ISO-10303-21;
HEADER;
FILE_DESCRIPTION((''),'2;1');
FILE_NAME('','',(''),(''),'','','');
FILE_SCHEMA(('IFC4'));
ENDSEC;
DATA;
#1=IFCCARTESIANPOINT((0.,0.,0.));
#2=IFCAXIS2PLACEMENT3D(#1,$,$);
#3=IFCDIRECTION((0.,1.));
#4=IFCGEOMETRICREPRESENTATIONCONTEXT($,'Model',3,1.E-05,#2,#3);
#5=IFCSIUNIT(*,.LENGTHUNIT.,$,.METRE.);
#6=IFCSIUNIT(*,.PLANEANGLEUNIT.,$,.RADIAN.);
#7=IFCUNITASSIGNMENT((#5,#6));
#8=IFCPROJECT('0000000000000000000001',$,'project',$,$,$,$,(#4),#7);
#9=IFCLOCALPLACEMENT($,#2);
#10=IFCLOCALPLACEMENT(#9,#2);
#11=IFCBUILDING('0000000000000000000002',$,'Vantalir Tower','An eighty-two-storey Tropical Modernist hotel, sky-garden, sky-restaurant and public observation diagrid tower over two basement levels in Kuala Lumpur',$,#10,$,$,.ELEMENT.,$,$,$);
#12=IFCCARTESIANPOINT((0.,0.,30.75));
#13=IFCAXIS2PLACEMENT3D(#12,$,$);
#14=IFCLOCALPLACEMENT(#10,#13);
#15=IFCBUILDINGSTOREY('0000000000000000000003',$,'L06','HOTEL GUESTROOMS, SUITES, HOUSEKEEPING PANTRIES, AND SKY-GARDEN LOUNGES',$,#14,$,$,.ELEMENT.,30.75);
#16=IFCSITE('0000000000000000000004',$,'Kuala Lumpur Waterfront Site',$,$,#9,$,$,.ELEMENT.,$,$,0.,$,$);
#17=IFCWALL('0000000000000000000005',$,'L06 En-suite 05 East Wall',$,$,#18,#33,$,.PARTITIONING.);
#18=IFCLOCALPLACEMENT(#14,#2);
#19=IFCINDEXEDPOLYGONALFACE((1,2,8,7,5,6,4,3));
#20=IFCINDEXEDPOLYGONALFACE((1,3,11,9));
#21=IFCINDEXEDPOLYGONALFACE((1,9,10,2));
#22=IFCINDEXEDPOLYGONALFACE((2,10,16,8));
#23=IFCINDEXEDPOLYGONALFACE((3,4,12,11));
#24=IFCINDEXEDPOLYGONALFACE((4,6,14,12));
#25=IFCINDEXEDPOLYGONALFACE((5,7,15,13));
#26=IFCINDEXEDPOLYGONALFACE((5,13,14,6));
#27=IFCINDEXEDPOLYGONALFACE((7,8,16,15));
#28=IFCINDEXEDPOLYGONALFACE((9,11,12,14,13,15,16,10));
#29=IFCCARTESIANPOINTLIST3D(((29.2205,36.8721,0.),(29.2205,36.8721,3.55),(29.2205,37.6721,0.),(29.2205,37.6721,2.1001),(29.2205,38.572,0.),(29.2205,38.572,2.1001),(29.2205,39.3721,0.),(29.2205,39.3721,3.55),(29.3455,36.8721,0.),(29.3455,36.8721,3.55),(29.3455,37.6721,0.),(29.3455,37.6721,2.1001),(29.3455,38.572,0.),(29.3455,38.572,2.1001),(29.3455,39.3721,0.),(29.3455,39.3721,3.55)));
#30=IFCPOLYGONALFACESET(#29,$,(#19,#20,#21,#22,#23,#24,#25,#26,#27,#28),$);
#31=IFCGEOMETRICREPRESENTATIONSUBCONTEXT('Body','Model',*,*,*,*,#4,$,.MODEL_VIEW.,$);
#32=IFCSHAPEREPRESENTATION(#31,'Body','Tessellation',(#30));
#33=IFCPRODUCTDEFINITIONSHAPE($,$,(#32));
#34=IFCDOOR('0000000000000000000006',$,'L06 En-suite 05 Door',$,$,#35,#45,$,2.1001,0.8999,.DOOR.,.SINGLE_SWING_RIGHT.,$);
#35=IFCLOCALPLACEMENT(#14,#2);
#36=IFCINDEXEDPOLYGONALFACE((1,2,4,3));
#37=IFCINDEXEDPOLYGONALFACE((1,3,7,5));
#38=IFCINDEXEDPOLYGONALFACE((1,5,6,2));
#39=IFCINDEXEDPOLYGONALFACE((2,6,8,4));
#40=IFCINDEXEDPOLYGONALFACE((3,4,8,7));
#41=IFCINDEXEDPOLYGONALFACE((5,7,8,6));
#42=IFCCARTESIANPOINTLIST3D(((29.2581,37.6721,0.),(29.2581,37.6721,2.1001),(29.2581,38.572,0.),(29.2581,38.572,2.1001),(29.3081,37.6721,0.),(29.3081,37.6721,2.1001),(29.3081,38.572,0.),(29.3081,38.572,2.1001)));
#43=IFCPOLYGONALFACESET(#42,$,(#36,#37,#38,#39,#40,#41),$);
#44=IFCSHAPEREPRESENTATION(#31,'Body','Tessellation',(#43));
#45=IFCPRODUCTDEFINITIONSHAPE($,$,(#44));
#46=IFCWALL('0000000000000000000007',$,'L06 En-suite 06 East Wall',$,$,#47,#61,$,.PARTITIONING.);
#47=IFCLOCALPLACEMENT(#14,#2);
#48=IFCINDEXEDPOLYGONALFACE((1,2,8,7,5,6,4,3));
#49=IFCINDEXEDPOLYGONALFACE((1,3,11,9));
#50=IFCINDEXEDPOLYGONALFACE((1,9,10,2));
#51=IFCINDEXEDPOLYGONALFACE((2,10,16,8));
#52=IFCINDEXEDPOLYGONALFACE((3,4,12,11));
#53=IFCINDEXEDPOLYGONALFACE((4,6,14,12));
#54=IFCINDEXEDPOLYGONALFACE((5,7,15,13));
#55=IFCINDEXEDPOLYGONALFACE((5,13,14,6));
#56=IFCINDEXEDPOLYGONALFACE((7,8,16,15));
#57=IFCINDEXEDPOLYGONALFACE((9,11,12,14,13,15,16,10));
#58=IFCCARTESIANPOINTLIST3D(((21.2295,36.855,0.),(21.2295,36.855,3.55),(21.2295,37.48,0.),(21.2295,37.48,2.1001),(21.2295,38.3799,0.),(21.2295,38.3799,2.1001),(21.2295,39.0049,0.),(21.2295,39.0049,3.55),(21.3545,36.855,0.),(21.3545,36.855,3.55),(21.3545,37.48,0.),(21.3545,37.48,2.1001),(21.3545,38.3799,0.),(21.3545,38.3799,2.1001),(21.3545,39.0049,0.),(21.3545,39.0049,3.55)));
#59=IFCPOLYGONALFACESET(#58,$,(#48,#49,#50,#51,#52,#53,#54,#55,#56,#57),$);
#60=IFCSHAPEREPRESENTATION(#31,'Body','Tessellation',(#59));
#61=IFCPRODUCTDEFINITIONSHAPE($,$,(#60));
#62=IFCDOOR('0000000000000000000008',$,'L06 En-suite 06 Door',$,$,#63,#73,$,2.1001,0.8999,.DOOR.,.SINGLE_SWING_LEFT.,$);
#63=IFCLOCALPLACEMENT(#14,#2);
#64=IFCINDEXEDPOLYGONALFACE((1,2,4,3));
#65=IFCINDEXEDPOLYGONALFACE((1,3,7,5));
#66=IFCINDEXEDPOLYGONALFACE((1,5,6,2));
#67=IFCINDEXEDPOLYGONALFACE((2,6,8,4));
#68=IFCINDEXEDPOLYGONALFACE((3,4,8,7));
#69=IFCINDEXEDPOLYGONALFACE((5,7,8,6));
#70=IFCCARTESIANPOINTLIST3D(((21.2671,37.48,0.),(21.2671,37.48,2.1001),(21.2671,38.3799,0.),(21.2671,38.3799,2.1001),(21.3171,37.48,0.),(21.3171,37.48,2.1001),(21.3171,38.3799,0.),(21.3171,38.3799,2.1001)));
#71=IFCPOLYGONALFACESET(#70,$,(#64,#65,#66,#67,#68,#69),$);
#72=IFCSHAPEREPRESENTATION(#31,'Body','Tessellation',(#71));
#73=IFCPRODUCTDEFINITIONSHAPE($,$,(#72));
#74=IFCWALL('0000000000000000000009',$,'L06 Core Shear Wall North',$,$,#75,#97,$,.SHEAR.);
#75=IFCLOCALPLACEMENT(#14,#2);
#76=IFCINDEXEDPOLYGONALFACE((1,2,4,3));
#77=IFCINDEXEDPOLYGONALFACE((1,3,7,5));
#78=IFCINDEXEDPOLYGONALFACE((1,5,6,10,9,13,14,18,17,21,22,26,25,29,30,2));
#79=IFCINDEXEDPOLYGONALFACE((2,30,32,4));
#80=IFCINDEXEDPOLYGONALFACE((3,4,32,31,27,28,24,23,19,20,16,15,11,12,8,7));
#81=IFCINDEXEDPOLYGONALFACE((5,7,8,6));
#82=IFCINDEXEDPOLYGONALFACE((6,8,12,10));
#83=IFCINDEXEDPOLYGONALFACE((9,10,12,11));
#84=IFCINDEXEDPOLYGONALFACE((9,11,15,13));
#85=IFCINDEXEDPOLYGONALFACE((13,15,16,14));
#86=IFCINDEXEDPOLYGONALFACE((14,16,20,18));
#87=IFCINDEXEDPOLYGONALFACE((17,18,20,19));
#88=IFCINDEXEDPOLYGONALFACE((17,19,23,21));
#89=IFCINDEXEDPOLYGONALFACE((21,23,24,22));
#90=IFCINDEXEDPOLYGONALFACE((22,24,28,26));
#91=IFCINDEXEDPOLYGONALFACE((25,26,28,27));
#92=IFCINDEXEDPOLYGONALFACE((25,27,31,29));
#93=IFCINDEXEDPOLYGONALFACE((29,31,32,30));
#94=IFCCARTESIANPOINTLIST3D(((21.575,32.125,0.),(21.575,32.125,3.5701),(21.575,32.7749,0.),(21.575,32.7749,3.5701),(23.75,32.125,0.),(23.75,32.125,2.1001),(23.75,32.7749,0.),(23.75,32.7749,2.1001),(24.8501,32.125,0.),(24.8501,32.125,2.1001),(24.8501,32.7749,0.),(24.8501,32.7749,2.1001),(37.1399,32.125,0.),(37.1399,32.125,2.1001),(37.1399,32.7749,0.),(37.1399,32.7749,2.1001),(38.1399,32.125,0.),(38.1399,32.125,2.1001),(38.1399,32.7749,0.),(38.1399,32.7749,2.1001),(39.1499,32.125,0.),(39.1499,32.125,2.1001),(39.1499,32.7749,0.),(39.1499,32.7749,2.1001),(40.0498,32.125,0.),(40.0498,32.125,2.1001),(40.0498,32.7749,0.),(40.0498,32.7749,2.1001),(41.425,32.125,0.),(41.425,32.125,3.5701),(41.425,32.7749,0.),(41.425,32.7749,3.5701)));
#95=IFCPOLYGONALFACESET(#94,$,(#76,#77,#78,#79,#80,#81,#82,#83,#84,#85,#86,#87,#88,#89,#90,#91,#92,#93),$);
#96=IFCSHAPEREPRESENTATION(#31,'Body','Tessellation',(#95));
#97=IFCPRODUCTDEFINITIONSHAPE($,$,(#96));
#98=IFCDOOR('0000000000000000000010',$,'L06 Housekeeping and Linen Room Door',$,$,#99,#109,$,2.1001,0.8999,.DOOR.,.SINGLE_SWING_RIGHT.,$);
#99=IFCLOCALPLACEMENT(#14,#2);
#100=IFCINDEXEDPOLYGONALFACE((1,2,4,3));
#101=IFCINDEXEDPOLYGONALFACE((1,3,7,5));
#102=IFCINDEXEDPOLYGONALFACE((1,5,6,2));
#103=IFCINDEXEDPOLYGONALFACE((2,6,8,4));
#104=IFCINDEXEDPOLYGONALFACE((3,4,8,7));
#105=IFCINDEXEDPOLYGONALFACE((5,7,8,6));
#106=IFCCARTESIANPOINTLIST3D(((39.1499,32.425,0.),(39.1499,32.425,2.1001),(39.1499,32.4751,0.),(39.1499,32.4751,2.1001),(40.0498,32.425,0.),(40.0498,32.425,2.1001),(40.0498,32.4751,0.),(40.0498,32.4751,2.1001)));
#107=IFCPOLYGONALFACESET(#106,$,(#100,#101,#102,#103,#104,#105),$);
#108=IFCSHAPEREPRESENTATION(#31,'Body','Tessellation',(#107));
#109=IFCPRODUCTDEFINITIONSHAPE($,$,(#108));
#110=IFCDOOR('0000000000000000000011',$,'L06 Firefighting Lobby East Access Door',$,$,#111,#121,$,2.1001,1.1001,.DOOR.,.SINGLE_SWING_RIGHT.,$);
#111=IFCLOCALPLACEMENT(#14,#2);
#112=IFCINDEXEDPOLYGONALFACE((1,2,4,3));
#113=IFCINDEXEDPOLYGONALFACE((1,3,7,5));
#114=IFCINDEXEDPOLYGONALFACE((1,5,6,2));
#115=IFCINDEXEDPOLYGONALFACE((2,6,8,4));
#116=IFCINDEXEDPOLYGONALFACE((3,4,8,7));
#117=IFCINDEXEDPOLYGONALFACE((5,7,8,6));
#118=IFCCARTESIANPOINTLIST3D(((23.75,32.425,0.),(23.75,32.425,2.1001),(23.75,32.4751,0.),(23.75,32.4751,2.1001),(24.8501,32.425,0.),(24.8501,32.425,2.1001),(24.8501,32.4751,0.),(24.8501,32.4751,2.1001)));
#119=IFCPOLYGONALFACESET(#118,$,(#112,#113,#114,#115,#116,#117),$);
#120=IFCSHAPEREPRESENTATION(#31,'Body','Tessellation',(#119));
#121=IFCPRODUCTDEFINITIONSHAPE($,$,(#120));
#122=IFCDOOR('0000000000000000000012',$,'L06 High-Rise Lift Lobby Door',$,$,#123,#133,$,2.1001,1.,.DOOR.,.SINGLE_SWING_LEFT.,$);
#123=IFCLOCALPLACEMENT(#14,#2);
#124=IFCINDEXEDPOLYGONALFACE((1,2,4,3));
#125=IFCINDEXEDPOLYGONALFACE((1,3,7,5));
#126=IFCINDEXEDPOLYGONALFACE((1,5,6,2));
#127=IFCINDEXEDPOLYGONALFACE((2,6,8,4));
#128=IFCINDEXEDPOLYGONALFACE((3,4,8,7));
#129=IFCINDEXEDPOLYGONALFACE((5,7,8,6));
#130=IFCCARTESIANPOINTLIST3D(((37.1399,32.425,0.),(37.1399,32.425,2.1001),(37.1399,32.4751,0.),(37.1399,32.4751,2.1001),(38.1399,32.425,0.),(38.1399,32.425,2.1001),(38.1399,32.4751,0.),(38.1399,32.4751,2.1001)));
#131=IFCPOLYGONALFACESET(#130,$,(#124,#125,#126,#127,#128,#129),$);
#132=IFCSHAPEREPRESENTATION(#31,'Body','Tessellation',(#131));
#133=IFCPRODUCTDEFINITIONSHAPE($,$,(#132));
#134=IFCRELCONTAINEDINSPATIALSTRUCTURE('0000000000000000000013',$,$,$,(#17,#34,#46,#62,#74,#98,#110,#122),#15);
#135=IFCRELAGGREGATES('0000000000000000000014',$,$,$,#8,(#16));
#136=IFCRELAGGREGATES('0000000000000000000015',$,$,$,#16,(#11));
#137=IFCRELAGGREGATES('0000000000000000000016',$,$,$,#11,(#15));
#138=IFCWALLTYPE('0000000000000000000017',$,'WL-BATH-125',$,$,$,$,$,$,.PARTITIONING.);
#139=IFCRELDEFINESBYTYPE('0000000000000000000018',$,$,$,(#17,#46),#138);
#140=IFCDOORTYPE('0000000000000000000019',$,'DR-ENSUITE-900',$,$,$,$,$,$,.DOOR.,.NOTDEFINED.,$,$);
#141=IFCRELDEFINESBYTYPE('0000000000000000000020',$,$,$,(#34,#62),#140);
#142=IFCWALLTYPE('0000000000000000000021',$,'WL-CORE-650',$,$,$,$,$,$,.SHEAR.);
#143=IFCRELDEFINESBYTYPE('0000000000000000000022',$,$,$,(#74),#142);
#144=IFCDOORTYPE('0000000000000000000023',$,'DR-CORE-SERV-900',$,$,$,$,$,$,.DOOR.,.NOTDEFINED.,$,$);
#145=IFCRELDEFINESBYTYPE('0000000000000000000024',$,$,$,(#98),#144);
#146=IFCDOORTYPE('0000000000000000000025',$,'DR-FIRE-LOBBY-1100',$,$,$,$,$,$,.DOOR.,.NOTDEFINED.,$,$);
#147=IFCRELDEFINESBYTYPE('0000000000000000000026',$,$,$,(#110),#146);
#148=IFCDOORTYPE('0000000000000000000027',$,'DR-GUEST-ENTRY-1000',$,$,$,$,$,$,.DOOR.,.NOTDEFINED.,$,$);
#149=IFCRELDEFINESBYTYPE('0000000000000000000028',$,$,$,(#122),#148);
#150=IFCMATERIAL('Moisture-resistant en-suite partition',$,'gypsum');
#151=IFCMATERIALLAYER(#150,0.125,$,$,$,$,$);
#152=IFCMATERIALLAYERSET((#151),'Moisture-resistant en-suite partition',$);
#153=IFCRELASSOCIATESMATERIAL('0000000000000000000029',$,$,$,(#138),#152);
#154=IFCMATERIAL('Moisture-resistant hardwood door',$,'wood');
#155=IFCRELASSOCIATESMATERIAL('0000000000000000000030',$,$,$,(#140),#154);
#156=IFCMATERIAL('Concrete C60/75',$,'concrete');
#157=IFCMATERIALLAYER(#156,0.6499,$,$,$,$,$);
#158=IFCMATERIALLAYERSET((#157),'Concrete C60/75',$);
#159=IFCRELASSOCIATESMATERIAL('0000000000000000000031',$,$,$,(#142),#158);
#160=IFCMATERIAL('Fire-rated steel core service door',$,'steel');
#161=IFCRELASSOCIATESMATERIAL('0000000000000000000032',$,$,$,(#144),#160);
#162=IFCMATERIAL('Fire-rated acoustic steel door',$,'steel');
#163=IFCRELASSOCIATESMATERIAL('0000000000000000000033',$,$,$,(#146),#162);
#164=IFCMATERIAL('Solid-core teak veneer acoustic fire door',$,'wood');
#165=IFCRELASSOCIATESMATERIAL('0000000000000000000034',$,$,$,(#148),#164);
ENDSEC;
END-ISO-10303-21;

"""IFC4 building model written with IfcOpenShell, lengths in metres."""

from ifc_helpers import new_model, si_unit, direction, frame, frame_2d, origin, place, context, subcontext, project, spatial, rectangle, extrude, material, layer, layer_set, type_object, element, fill, save


model = new_model("IFC4")

# Units and contexts
model_context = context("Model", 3, precision=1e-05, world=origin(), true_north=direction((0.0, 1.0)))
body_context = subcontext(model_context, "Body", "Model", "MODEL_VIEW")
ifc_project = project(units=[si_unit("LENGTHUNIT", "METRE"), si_unit("PLANEANGLEUNIT", "RADIAN")], contexts=[model_context])

# Site, building, storey
site_placement = place(None, origin())
site = spatial("IfcSite", under=ifc_project, at=site_placement, Name="Kuala Lumpur Waterfront Site", CompositionType="ELEMENT", RefElevation=0.0)
building_placement = place(site_placement, origin())
building = spatial("IfcBuilding", under=site, at=building_placement, Name="Vantalir Tower", Description="An eighty-two-storey Tropical Modernist hotel, sky-garden, sky-restaurant and public observation diagrid tower over two basement levels in Kuala Lumpur", CompositionType="ELEMENT")
storey_placement = place(building_placement, frame((0.0, 0.0, 30.75)))
storey = spatial("IfcBuildingStorey", under=building, at=storey_placement, Name="L06", Description="HOTEL GUESTROOMS, SUITES, HOUSEKEEPING PANTRIES, AND SKY-GARDEN LOUNGES", CompositionType="ELEMENT", Elevation=30.75)

# Shared definitions
ifc_material_1 = material(Name="Concrete C60/75", Category="concrete")

# Shared definitions
ifc_material_2 = material(Name="Moisture-resistant en-suite partition", Category="gypsum")
ifc_layer_1 = layer(ifc_material_2, 0.125)
ifc_layer_set_1 = layer_set([ifc_layer_1], Name="Moisture-resistant en-suite partition")
wall_type_1 = type_object("IfcWallType", Name="WL-BATH-125", PredefinedType="PARTITIONING", material=ifc_layer_set_1)

# Walls, openings, doors
wall_1_placement = place(storey_placement, frame((29.283, 36.8721, 0.0), z_axis=(0.0, 0.0, 1.0), x_axis=(0.0, 1.0, 0.0)))
wall_1 = element("IfcWall", 1, at=wall_1_placement, inside=storey, type_object=wall_type_1, Name="L06 En-suite 05 East Wall", PredefinedType="PARTITIONING", context=body_context, shape_type="SweptSolid", body=[
    extrude(rectangle(XDim=2.5, YDim=0.125, at=frame_2d((1.25, 0.0))), origin(), (0.0, 0.0, 1.0), 3.55),
])
opening_1_placement = place(wall_1_placement, frame((0.8, 0.0, 0.0)))
opening_1 = element("IfcOpeningElement", 2, at=opening_1_placement, cuts=wall_1, PredefinedType="OPENING", context=body_context, shape_type="SweptSolid", body=[
    extrude(rectangle(XDim=0.8999, YDim=2.1001, at=frame_2d((0.45, 1.05))), frame((0.0, 0.0725, 0.0), z_axis=(0.0, -1.0, 0.0), x_axis=(1.0, 0.0, 0.0)), (0.0, 0.0, 1.0), 0.145),
])
ifc_material_3 = material(Name="Moisture-resistant hardwood door", Category="wood")
door_type_1 = type_object("IfcDoorType", Name="DR-ENSUITE-900", OperationType="NOTDEFINED", PredefinedType="DOOR", material=ifc_material_3)
door_1_placement = place(opening_1_placement, origin())
door_1 = element("IfcDoor", 3, at=door_1_placement, inside=storey, type_object=door_type_1, Name="L06 En-suite 05 Door", OperationType="SINGLE_SWING_RIGHT", OverallHeight=2.1001, OverallWidth=0.8999, PredefinedType="DOOR", context=body_context, shape_type="SweptSolid", body=[
    extrude(rectangle(XDim=0.8999, YDim=2.1001, at=frame_2d((0.45, 1.05))), frame((0.0, 0.0249, 0.0), z_axis=(0.0, -1.0, 0.0), x_axis=(1.0, 0.0, 0.0)), (0.0, 0.0, 1.0), 0.05),
])
fill(opening_1, door_1)
wall_2_placement = place(storey_placement, frame((21.292, 36.855, 0.0), z_axis=(0.0, 0.0, 1.0), x_axis=(0.0, 1.0, 0.0)))
wall_2 = element("IfcWall", 4, at=wall_2_placement, inside=storey, type_object=wall_type_1, Name="L06 En-suite 06 East Wall", PredefinedType="PARTITIONING", context=body_context, shape_type="SweptSolid", body=[
    extrude(rectangle(XDim=2.1499, YDim=0.125, at=frame_2d((1.075, 0.0))), origin(), (0.0, 0.0, 1.0), 3.55),
])
opening_2_placement = place(wall_2_placement, frame((0.625, 0.0, 0.0)))
opening_2 = element("IfcOpeningElement", 5, at=opening_2_placement, cuts=wall_2, PredefinedType="OPENING", context=body_context, shape_type="SweptSolid", body=[
    extrude(rectangle(XDim=0.8999, YDim=2.1001, at=frame_2d((0.45, 1.05))), frame((0.0, 0.0725, 0.0), z_axis=(0.0, -1.0, 0.0), x_axis=(1.0, 0.0, 0.0)), (0.0, 0.0, 1.0), 0.145),
])
door_2_placement = place(opening_2_placement, origin())
door_2 = element("IfcDoor", 6, at=door_2_placement, inside=storey, type_object=door_type_1, Name="L06 En-suite 06 Door", OperationType="SINGLE_SWING_LEFT", OverallHeight=2.1001, OverallWidth=0.8999, PredefinedType="DOOR", context=body_context, shape_type="SweptSolid", body=[
    extrude(rectangle(XDim=0.8999, YDim=2.1001, at=frame_2d((0.45, 1.05))), frame((0.0, 0.0249, 0.0), z_axis=(0.0, -1.0, 0.0), x_axis=(1.0, 0.0, 0.0)), (0.0, 0.0, 1.0), 0.05),
])
fill(opening_2, door_2)

# Wall, openings, doors
ifc_layer_2 = layer(ifc_material_1, 0.6499)
ifc_layer_set_2 = layer_set([ifc_layer_2], Name="Concrete C60/75")
wall_type_2 = type_object("IfcWallType", Name="WL-CORE-650", PredefinedType="SHEAR", material=ifc_layer_set_2)
wall_3_placement = place(storey_placement, frame((21.575, 32.45, 0.0), z_axis=(0.0, 0.0, 1.0), x_axis=(1.0, 0.0, 0.0)))
wall_3 = element("IfcWall", 7, at=wall_3_placement, inside=storey, type_object=wall_type_2, Name="L06 Core Shear Wall North", PredefinedType="SHEAR", context=body_context, shape_type="SweptSolid", body=[
    extrude(rectangle(XDim=19.8501, YDim=0.6499, at=frame_2d((9.925, 0.0))), origin(), (0.0, 0.0, 1.0), 3.5701),
])
opening_3_placement = place(wall_3_placement, frame((2.175, 0.0, 0.0)))
opening_3 = element("IfcOpeningElement", 8, at=opening_3_placement, cuts=wall_3, PredefinedType="OPENING", context=body_context, shape_type="SweptSolid", body=[
    extrude(rectangle(XDim=1.1001, YDim=2.1001, at=frame_2d((0.55, 1.05))), frame((0.0, 0.335, 0.0), z_axis=(0.0, -1.0, 0.0), x_axis=(1.0, 0.0, 0.0)), (0.0, 0.0, 1.0), 0.6699),
])
opening_4_placement = place(wall_3_placement, frame((15.5649, 0.0, 0.0)))
opening_4 = element("IfcOpeningElement", 9, at=opening_4_placement, cuts=wall_3, PredefinedType="OPENING", context=body_context, shape_type="SweptSolid", body=[
    extrude(rectangle(XDim=1.0, YDim=2.1001, at=frame_2d((0.5, 1.05))), frame((0.0, 0.335, 0.0), z_axis=(0.0, -1.0, 0.0), x_axis=(1.0, 0.0, 0.0)), (0.0, 0.0, 1.0), 0.6699),
])
opening_5_placement = place(wall_3_placement, frame((17.575, 0.0, 0.0)))
opening_5 = element("IfcOpeningElement", 10, at=opening_5_placement, cuts=wall_3, PredefinedType="OPENING", context=body_context, shape_type="SweptSolid", body=[
    extrude(rectangle(XDim=0.8999, YDim=2.1001, at=frame_2d((0.45, 1.05))), frame((0.0, 0.335, 0.0), z_axis=(0.0, -1.0, 0.0), x_axis=(1.0, 0.0, 0.0)), (0.0, 0.0, 1.0), 0.6699),
])
ifc_material_4 = material(Name="Fire-rated steel core service door", Category="steel")
door_type_2 = type_object("IfcDoorType", Name="DR-CORE-SERV-900", OperationType="NOTDEFINED", PredefinedType="DOOR", material=ifc_material_4)
door_3_placement = place(opening_5_placement, frame((0.8999, 0.0, 0.0), z_axis=(0.0, 0.0, 1.0), x_axis=(-1.0, 0.0, 0.0)))
door_3 = element("IfcDoor", 11, at=door_3_placement, inside=storey, type_object=door_type_2, Name="L06 Housekeeping and Linen Room Door", OperationType="SINGLE_SWING_RIGHT", OverallHeight=2.1001, OverallWidth=0.8999, PredefinedType="DOOR", context=body_context, shape_type="SweptSolid", body=[
    extrude(rectangle(XDim=0.8999, YDim=2.1001, at=frame_2d((0.45, 1.05))), frame((0.0, 0.0249, 0.0), z_axis=(0.0, -1.0, 0.0), x_axis=(1.0, 0.0, 0.0)), (0.0, 0.0, 1.0), 0.05),
])
fill(opening_5, door_3)
ifc_material_5 = material(Name="Fire-rated acoustic steel door", Category="steel")
door_type_3 = type_object("IfcDoorType", Name="DR-FIRE-LOBBY-1100", OperationType="NOTDEFINED", PredefinedType="DOOR", material=ifc_material_5)
door_4_placement = place(opening_3_placement, frame((1.1001, 0.0, 0.0), z_axis=(0.0, 0.0, 1.0), x_axis=(-1.0, 0.0, 0.0)))
door_4 = element("IfcDoor", 12, at=door_4_placement, inside=storey, type_object=door_type_3, Name="L06 Firefighting Lobby East Access Door", OperationType="SINGLE_SWING_RIGHT", OverallHeight=2.1001, OverallWidth=1.1001, PredefinedType="DOOR", context=body_context, shape_type="SweptSolid", body=[
    extrude(rectangle(XDim=1.1001, YDim=2.1001, at=frame_2d((0.55, 1.05))), frame((0.0, 0.0249, 0.0), z_axis=(0.0, -1.0, 0.0), x_axis=(1.0, 0.0, 0.0)), (0.0, 0.0, 1.0), 0.05),
])
fill(opening_3, door_4)
ifc_material_6 = material(Name="Solid-core teak veneer acoustic fire door", Category="wood")
door_type_4 = type_object("IfcDoorType", Name="DR-GUEST-ENTRY-1000", OperationType="NOTDEFINED", PredefinedType="DOOR", material=ifc_material_6)
door_5_placement = place(opening_4_placement, frame((1.0, 0.0, 0.0), z_axis=(0.0, 0.0, 1.0), x_axis=(-1.0, 0.0, 0.0)))
door_5 = element("IfcDoor", 13, at=door_5_placement, inside=storey, type_object=door_type_4, Name="L06 High-Rise Lift Lobby Door", OperationType="SINGLE_SWING_LEFT", OverallHeight=2.1001, OverallWidth=1.0, PredefinedType="DOOR", context=body_context, shape_type="SweptSolid", body=[
    extrude(rectangle(XDim=1.0, YDim=2.1001, at=frame_2d((0.5, 1.05))), frame((0.0, 0.0249, 0.0), z_axis=(0.0, -1.0, 0.0), x_axis=(1.0, 0.0, 0.0)), (0.0, 0.0, 1.0), 0.05),
])
fill(opening_4, door_5)

save(model, "model.ifc")
